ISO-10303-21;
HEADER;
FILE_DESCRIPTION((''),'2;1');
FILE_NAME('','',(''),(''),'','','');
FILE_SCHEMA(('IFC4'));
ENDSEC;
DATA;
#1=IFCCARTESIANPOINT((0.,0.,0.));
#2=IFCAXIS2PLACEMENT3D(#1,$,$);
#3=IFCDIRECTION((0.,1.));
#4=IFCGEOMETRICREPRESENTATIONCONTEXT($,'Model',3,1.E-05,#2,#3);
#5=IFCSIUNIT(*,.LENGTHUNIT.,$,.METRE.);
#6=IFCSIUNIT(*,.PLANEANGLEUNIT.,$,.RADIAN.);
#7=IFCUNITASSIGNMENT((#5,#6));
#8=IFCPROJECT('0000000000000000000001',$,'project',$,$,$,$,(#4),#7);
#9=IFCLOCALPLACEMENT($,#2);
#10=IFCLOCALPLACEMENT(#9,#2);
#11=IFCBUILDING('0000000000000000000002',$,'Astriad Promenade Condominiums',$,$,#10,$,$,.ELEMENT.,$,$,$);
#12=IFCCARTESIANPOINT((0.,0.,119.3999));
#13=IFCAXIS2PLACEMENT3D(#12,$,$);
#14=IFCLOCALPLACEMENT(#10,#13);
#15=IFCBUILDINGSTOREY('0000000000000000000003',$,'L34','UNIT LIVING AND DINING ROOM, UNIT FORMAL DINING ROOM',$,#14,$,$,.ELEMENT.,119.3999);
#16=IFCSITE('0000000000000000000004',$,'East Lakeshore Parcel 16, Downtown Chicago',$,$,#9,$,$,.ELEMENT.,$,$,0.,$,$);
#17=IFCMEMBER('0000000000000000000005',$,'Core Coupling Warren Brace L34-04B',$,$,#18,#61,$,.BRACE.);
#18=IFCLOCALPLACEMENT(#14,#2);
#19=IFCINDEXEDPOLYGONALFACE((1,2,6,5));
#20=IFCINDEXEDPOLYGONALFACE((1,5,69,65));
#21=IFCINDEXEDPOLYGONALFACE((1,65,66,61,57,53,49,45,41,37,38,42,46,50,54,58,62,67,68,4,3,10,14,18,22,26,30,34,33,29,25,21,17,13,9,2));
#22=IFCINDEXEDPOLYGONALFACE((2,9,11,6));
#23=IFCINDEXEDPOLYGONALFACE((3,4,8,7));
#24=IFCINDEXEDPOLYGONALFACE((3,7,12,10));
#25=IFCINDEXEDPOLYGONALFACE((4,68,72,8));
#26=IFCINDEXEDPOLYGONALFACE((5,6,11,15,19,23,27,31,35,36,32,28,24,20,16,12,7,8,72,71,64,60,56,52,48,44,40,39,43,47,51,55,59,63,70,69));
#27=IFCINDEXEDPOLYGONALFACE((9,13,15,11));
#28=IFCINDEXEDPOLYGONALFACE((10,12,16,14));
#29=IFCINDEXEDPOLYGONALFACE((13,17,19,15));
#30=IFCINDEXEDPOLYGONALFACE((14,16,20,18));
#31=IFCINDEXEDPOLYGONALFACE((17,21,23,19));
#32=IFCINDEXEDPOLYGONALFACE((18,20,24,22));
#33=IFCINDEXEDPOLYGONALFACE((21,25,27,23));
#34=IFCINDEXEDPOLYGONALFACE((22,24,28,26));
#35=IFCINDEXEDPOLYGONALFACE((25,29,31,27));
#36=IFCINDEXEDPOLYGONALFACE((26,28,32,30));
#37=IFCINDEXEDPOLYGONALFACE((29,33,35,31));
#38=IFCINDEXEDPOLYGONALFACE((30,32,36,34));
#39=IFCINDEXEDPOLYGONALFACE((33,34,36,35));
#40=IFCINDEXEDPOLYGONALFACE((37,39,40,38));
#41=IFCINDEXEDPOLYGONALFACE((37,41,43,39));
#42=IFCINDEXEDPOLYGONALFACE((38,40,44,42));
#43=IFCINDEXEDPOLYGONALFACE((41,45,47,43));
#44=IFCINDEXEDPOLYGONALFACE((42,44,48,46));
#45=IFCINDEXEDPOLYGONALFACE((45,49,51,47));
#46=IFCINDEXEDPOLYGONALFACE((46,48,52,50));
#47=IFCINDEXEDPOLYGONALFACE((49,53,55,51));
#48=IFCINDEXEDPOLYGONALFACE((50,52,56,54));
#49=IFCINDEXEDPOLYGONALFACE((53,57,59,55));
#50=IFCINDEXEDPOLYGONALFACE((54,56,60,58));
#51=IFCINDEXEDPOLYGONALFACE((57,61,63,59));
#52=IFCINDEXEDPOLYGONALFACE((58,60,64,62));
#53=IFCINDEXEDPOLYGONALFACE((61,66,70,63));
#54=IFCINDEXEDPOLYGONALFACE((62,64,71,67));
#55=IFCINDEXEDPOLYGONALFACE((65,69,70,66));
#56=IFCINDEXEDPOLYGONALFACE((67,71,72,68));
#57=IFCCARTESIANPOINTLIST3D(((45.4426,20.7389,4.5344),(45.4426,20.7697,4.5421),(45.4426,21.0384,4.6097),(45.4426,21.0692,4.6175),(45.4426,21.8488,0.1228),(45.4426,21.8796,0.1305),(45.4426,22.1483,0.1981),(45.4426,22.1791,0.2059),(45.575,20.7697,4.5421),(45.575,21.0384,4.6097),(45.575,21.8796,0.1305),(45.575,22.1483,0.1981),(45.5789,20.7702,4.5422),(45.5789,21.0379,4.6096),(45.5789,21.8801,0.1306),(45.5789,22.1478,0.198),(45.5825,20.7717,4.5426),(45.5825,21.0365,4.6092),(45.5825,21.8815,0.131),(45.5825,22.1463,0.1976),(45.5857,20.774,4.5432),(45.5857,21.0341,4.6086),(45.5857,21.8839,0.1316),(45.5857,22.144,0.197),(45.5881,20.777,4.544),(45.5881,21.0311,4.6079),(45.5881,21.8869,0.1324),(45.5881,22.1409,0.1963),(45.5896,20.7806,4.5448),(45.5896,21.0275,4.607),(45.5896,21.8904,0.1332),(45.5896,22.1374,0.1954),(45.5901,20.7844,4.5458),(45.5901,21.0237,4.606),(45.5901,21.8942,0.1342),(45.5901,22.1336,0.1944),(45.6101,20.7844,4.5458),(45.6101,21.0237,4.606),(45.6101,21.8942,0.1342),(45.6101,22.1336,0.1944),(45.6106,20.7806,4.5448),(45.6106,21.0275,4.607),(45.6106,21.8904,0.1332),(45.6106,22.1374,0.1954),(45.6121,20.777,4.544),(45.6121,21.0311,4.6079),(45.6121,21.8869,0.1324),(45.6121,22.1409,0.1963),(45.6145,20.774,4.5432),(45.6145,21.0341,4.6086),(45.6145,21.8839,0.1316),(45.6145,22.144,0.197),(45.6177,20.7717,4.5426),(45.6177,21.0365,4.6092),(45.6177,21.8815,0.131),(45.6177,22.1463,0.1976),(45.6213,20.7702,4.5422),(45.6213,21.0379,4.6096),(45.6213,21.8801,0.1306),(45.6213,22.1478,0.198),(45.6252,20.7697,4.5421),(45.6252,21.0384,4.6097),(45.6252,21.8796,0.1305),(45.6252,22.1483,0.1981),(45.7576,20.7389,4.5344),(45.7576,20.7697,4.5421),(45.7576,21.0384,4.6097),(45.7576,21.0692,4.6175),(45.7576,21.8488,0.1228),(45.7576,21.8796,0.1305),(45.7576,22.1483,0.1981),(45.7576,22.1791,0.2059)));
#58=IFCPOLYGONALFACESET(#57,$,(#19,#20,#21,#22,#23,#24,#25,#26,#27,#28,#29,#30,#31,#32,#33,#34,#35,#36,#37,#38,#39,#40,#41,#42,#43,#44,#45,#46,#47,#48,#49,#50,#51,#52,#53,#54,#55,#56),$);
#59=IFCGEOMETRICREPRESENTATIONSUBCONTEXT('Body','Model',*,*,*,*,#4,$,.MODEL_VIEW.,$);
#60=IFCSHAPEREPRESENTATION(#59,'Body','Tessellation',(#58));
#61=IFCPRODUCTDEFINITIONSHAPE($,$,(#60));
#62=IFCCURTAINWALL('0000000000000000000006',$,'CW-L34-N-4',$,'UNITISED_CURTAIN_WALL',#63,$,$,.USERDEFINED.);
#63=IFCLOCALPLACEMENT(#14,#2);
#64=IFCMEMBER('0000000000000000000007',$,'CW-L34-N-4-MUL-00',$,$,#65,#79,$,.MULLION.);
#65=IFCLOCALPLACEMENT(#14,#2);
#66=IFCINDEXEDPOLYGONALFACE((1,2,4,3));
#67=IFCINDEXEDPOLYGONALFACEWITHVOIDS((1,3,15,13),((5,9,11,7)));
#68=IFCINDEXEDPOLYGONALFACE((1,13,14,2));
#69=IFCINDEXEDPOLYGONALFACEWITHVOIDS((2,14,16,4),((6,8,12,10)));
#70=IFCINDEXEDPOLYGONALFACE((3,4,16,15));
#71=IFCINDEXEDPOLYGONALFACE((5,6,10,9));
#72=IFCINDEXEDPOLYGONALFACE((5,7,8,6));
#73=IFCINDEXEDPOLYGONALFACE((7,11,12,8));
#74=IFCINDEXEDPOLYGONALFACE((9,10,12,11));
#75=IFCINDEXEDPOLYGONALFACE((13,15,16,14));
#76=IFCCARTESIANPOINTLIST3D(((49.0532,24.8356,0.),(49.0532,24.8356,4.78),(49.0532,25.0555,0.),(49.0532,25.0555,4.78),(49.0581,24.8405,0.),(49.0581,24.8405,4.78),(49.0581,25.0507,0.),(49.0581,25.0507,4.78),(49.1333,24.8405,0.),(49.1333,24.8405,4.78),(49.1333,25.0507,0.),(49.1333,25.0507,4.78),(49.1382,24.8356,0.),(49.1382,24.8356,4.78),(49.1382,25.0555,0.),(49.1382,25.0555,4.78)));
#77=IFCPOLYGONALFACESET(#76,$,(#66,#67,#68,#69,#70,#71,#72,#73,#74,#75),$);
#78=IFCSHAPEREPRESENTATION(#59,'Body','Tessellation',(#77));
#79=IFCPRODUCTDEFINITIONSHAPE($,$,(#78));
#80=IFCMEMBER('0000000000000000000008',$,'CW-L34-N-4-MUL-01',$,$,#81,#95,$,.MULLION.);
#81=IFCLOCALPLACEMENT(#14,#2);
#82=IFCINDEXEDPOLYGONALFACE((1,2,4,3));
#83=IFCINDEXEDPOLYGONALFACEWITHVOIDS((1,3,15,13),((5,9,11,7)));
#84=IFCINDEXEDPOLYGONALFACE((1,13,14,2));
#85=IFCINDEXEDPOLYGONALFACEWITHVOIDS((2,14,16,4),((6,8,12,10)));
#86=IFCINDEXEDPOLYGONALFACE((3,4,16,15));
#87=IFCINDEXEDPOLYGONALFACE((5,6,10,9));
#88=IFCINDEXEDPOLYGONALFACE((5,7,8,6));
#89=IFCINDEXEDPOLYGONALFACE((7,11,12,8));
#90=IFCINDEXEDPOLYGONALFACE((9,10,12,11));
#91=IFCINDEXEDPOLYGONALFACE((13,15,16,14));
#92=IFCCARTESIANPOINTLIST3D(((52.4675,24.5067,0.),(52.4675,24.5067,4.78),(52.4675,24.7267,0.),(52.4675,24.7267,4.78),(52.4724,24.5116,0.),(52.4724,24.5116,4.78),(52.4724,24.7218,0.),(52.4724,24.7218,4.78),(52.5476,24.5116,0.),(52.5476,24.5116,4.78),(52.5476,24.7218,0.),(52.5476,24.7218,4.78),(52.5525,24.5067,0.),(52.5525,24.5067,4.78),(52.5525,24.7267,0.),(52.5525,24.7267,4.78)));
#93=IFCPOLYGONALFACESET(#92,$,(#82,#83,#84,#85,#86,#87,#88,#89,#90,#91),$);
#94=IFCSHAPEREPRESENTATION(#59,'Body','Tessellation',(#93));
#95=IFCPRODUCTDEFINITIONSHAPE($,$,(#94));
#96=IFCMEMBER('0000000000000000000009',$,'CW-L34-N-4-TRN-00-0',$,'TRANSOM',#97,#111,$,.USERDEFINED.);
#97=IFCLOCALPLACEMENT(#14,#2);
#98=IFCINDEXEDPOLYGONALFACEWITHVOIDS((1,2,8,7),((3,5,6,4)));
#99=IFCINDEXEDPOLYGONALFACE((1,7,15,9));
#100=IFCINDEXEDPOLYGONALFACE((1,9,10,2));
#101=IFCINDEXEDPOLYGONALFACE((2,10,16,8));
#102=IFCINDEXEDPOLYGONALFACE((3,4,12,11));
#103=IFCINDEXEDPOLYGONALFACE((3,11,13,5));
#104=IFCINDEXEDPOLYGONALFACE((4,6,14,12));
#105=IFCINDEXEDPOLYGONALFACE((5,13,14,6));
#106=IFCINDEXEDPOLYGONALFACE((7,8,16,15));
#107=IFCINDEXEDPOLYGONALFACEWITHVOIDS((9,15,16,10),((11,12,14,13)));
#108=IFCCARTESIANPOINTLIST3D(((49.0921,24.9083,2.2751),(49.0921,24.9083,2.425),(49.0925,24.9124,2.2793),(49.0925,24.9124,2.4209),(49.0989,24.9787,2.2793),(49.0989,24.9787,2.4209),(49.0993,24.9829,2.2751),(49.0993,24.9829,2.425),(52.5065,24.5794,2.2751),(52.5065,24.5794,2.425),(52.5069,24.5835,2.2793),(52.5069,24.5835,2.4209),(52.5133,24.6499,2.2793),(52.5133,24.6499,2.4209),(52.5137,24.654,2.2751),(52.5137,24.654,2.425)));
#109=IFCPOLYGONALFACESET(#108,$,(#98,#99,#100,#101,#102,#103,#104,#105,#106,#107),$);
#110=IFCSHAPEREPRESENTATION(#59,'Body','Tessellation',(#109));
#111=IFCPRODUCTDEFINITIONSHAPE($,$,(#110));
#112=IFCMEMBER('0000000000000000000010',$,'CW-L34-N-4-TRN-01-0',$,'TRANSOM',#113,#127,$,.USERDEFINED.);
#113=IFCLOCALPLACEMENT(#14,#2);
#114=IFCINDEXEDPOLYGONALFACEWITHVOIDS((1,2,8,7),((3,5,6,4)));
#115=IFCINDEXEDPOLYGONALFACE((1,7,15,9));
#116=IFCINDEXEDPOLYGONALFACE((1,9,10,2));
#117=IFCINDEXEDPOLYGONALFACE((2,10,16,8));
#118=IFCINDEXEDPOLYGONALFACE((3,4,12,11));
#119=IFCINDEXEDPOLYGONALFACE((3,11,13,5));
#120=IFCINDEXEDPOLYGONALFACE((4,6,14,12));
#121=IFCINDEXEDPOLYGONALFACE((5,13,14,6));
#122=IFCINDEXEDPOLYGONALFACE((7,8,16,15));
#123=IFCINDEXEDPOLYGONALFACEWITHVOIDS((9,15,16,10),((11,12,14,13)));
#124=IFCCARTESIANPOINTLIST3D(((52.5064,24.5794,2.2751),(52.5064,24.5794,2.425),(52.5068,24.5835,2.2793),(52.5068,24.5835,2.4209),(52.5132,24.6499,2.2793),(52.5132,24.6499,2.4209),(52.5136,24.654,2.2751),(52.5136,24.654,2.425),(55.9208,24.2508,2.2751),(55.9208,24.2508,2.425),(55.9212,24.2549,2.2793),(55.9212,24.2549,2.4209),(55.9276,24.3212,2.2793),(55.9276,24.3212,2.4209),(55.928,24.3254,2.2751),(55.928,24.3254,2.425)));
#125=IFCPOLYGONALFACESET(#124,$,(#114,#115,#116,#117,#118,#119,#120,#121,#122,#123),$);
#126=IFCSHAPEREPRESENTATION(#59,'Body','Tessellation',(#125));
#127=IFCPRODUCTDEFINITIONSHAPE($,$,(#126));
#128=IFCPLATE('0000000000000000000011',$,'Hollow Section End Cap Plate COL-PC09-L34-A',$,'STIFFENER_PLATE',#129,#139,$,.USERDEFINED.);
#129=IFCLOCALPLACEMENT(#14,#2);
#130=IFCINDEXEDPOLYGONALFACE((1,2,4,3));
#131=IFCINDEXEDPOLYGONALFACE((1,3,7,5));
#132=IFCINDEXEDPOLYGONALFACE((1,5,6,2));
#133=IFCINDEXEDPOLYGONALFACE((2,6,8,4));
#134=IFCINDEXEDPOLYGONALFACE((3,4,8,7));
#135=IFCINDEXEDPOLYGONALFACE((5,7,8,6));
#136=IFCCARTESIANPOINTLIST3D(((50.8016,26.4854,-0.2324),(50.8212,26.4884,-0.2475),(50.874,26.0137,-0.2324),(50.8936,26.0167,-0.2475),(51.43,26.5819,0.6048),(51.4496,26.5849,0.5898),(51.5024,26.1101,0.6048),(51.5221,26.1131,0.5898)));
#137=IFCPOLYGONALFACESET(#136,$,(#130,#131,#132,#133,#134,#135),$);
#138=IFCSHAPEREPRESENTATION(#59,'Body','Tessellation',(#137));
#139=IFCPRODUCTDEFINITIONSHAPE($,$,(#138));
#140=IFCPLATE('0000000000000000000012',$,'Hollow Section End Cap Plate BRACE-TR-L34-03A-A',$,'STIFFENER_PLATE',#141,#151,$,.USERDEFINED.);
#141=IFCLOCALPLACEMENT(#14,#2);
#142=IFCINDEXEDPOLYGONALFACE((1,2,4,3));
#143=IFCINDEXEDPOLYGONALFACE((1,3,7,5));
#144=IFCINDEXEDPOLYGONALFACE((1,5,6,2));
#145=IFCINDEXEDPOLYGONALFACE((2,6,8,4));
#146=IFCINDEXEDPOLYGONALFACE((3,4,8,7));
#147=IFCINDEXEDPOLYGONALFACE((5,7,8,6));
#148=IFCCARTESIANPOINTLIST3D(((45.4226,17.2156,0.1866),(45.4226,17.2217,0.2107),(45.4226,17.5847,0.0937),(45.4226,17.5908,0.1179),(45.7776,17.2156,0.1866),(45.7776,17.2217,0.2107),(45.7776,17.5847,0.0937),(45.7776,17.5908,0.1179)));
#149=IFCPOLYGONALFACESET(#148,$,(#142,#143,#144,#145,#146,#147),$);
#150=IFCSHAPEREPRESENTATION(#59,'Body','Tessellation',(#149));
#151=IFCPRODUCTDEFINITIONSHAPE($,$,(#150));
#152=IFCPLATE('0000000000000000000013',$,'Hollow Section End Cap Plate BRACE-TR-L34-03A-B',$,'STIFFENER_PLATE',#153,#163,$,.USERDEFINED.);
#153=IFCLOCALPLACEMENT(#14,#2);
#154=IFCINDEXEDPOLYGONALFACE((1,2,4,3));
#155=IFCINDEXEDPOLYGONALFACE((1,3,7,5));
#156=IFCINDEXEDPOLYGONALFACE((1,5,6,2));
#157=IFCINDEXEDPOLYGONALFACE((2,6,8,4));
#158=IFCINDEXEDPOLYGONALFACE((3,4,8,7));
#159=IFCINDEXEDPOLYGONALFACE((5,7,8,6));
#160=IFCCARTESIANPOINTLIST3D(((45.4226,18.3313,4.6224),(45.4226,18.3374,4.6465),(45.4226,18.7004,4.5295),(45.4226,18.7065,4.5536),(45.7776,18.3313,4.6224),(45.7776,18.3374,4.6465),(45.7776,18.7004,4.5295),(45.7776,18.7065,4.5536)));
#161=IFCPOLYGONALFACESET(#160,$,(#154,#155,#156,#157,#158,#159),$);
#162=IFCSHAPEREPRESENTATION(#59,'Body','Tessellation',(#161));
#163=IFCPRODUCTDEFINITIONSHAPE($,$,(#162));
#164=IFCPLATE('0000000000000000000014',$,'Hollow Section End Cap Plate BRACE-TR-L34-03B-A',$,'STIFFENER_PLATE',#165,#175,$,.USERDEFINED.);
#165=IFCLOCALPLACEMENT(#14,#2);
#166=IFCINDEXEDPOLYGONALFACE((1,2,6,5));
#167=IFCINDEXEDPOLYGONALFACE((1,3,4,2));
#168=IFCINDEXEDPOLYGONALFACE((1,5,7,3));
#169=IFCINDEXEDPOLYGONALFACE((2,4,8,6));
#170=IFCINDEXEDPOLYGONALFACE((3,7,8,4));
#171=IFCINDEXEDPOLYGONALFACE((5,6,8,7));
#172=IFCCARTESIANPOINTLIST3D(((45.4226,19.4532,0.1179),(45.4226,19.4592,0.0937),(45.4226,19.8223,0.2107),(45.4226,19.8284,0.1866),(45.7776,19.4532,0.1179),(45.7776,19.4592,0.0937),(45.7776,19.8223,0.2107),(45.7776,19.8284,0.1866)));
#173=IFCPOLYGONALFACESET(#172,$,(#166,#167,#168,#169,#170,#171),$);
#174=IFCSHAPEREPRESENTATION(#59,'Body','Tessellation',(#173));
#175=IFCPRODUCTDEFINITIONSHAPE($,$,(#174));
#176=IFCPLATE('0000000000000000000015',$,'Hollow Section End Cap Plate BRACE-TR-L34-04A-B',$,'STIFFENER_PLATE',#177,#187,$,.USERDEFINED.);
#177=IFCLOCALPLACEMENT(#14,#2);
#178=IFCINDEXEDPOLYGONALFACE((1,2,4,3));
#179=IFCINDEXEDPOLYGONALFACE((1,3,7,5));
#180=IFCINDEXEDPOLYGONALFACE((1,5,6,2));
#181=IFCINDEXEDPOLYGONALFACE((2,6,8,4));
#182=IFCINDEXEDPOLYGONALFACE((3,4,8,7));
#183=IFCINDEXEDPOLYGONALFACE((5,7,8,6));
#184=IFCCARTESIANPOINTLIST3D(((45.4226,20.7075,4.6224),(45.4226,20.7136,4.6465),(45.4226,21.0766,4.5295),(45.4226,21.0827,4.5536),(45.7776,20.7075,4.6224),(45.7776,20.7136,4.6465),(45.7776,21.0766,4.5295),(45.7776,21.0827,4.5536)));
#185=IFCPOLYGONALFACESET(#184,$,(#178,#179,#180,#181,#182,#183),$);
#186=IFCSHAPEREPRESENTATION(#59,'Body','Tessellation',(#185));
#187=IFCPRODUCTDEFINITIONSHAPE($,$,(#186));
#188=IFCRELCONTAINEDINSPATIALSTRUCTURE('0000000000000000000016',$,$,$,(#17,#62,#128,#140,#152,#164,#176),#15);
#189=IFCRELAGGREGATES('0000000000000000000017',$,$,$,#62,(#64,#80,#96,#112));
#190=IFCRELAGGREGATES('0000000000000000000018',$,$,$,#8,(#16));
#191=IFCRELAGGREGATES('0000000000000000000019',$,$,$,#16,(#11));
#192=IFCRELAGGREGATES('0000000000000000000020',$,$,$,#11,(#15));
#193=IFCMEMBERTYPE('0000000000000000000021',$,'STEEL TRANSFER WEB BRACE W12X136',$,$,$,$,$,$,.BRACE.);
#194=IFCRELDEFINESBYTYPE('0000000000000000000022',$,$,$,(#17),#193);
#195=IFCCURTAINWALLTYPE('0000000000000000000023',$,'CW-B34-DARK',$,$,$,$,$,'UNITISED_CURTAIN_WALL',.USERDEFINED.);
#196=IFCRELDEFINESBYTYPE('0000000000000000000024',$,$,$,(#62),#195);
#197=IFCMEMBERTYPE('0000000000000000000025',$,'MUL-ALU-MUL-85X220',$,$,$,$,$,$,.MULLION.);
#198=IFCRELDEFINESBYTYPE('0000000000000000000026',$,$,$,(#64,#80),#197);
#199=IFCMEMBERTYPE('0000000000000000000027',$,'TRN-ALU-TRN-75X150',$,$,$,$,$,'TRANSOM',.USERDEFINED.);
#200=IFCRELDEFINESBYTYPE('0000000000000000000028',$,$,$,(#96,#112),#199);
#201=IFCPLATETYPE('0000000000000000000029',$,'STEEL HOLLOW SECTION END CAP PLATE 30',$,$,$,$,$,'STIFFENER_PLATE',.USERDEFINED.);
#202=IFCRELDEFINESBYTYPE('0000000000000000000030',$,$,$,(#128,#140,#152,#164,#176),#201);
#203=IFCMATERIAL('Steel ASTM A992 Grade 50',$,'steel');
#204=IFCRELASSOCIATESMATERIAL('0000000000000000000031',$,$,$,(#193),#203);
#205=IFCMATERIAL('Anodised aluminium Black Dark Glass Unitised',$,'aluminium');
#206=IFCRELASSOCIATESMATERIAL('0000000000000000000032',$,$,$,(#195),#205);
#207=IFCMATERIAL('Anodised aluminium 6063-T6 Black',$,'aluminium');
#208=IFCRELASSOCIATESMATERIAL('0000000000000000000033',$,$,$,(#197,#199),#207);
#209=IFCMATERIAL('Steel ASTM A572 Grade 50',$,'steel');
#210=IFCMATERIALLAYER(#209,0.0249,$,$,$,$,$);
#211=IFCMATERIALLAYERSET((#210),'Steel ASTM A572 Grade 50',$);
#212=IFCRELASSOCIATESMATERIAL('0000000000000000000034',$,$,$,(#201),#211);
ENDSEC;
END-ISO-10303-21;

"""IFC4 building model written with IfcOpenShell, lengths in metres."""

from ifc_helpers import new_model, si_unit, direction, frame, origin, origin_2d, place, context, subcontext, project, spatial, rectangle, hollow_rectangle, i_section, extrude, source, transform, mapped, material, layer, layer_set, material_profile, profile_set, type_object, type_shapes, element, aggregate, save


model = new_model("IFC4")

# Units and contexts
model_context = context("Model", 3, precision=1e-05, world=origin(), true_north=direction((0.0, 1.0)))
body_context = subcontext(model_context, "Body", "Model", "MODEL_VIEW")
ifc_project = project(units=[si_unit("LENGTHUNIT", "METRE"), si_unit("PLANEANGLEUNIT", "RADIAN")], contexts=[model_context])

# Site, building, storey
site_placement = place(None, origin())
site = spatial("IfcSite", under=ifc_project, at=site_placement, Name="East Lakeshore Parcel 16, Downtown Chicago", CompositionType="ELEMENT", RefElevation=0.0)
building_placement = place(site_placement, origin())
building = spatial("IfcBuilding", under=site, at=building_placement, Name="Astriad Promenade Condominiums", CompositionType="ELEMENT")
storey_placement = place(building_placement, frame((0.0, 0.0, 119.3999)))
storey = spatial("IfcBuildingStorey", under=building, at=storey_placement, Name="L34", Description="UNIT LIVING AND DINING ROOM, UNIT FORMAL DINING ROOM", CompositionType="ELEMENT", Elevation=119.3999)

# Shared definitions
ifc_material_1 = material(Name="Steel ASTM A992 Grade 50", Category="steel")

# Member
ifc_material_profile_1 = material_profile(ifc_material_1, i_section(OverallWidth=0.3149, OverallDepth=0.3406, WebThickness=0.02, FlangeThickness=0.0317, FilletRadius=0.0151, at=origin_2d()), Name="W12X136")
ifc_profile_set_1 = profile_set([ifc_material_profile_1], Name="Steel ASTM A992 Grade 50")
member_type_1 = type_object("IfcMemberType", Name="STEEL TRANSFER WEB BRACE W12X136", PredefinedType="BRACE", material=ifc_profile_set_1)
shared_shape_1 = source(origin(), body_context, "Body", "SweptSolid", [
    extrude(i_section(OverallWidth=0.3149, OverallDepth=0.3406, WebThickness=0.02, FlangeThickness=0.0317, FilletRadius=0.0151, at=origin_2d()), origin(), (0.0, 0.0, 1.0), 4.5491),
])
type_shapes(member_type_1, [shared_shape_1])
for number, where, z_axis, x_axis, name in (
    (1, (45.6001, 22.0139, 0.1643), (0.0, -0.243975, 0.969782), (1.0, 0.0, 0.0), "Core Coupling Warren Brace L34-04B"),
):
    element("IfcMember", number, at=place(storey_placement, frame(where, z_axis=z_axis, x_axis=x_axis)), inside=storey, type_object=member_type_1, Name=name, PredefinedType="BRACE", context=body_context, shape_type="MappedRepresentation", body=[
        mapped(shared_shape_1, transform((0.0, 0.0, 0.0), scale=1.0)),
    ])

# Curtain wall, members
ifc_material_2 = material(Name="Anodised aluminium Black Dark Glass Unitised", Category="aluminium")
curtain_wall_type = type_object("IfcCurtainWallType", Name="CW-B34-DARK", ElementType="UNITISED_CURTAIN_WALL", PredefinedType="USERDEFINED", material=ifc_material_2)
curtain_wall_placement = place(storey_placement, origin())
curtain_wall = element("IfcCurtainWall", 2, at=curtain_wall_placement, inside=storey, type_object=curtain_wall_type, Name="CW-L34-N-4", ObjectType="UNITISED_CURTAIN_WALL", PredefinedType="USERDEFINED")
ifc_material_3 = material(Name="Anodised aluminium 6063-T6 Black", Category="aluminium")
ifc_material_profile_2 = material_profile(ifc_material_3, hollow_rectangle(XDim=0.085, YDim=0.22, WallThickness=0.0049, at=origin_2d()), Name="ALU-MUL-85X220")
ifc_profile_set_2 = profile_set([ifc_material_profile_2], Name="Anodised aluminium 6063-T6 Black")
member_type_2 = type_object("IfcMemberType", Name="MUL-ALU-MUL-85X220", PredefinedType="MULLION", material=ifc_profile_set_2)
shared_shape_2 = source(origin(), body_context, "Body", "SweptSolid", [
    extrude(hollow_rectangle(XDim=0.085, YDim=0.22, WallThickness=0.0049, at=origin_2d()), origin(), (0.0, 0.0, 1.0), 4.78),
])
type_shapes(member_type_2, [shared_shape_2])
member_1_placement = place(storey_placement, frame((49.0957, 24.9456, 0.0), z_axis=(0.0, 0.0, 1.0), x_axis=(1.0, 0.0, 0.0)))
member_1 = element("IfcMember", 3, at=member_1_placement, type_object=member_type_2, Name="CW-L34-N-4-MUL-00", PredefinedType="MULLION", context=body_context, shape_type="MappedRepresentation", body=[
    mapped(shared_shape_2, transform((0.0, 0.0, 0.0), scale=1.0)),
])
member_2_placement = place(storey_placement, frame((52.51, 24.6167, 0.0), z_axis=(0.0, 0.0, 1.0), x_axis=(1.0, 0.0, 0.0)))
member_2 = element("IfcMember", 4, at=member_2_placement, type_object=member_type_2, Name="CW-L34-N-4-MUL-01", PredefinedType="MULLION", context=body_context, shape_type="MappedRepresentation", body=[
    mapped(shared_shape_2, transform((0.0, 0.0, 0.0), scale=1.0)),
])
ifc_material_profile_3 = material_profile(ifc_material_3, hollow_rectangle(XDim=0.075, YDim=0.1499, WallThickness=0.0042, at=origin_2d()), Name="ALU-TRN-75X150")
ifc_profile_set_3 = profile_set([ifc_material_profile_3], Name="Anodised aluminium 6063-T6 Black")
member_type_3 = type_object("IfcMemberType", Name="TRN-ALU-TRN-75X150", ElementType="TRANSOM", PredefinedType="USERDEFINED", material=ifc_profile_set_3)
shared_shape_3 = source(origin(), body_context, "Body", "SweptSolid", [
    extrude(hollow_rectangle(XDim=0.075, YDim=0.1499, WallThickness=0.0042, at=origin_2d()), origin(), (0.0, 0.0, 1.0), 3.4302),
])
type_shapes(member_type_3, [shared_shape_3])
member_3_placement = place(storey_placement, frame((49.0957, 24.9456, 2.3501), z_axis=(0.995393, -0.095874, 0.0), x_axis=(0.095874, 0.995393, 0.0)))
member_3 = element("IfcMember", 5, at=member_3_placement, type_object=member_type_3, Name="CW-L34-N-4-TRN-00-0", ObjectType="TRANSOM", PredefinedType="USERDEFINED", context=body_context, shape_type="MappedRepresentation", body=[
    mapped(shared_shape_3, transform((0.0, 0.0, 0.0), scale=1.0)),
])
member_4_placement = place(storey_placement, frame((52.51, 24.6167, 2.3501), z_axis=(0.9954, -0.095803, 0.0), x_axis=(0.095803, 0.9954, 0.0)))
member_4 = element("IfcMember", 6, at=member_4_placement, type_object=member_type_3, Name="CW-L34-N-4-TRN-01-0", ObjectType="TRANSOM", PredefinedType="USERDEFINED", context=body_context, shape_type="MappedRepresentation", body=[
    mapped(shared_shape_3, transform((0.0, 0.0, 0.0), scale=1.0)),
])

# Plates
ifc_material_4 = material(Name="Steel ASTM A572 Grade 50", Category="steel")
ifc_layer_1 = layer(ifc_material_4, 0.0249)
ifc_layer_set_1 = layer_set([ifc_layer_1], Name="Steel ASTM A572 Grade 50")
plate_type_1 = type_object("IfcPlateType", Name="STEEL HOLLOW SECTION END CAP PLATE 30", ElementType="STIFFENER_PLATE", PredefinedType="USERDEFINED", material=ifc_layer_set_1)
shared_shape_4 = source(origin(), body_context, "Body", "SweptSolid", [
    extrude(rectangle(XDim=0.4773, YDim=1.0513, at=origin_2d()), origin(), (0.0, 0.0, 1.0), 0.0249),
])
plate_1_placement = place(storey_placement, frame((51.1716, 26.3008, 0.1711), z_axis=(-0.787175, -0.120829, 0.604778), x_axis=(0.151721, -0.988423, 0.0)))
element("IfcPlate", 7, at=plate_1_placement, inside=storey, type_object=plate_type_1, Name="Hollow Section End Cap Plate COL-PC09-L34-A", ObjectType="STIFFENER_PLATE", PredefinedType="USERDEFINED", context=body_context, shape_type="MappedRepresentation", body=[
    mapped(shared_shape_4, transform((0.0, 0.0, 0.0), scale=1.0)),
])
shared_shape_5 = source(origin(), body_context, "Body", "SweptSolid", [
    extrude(rectangle(XDim=0.355, YDim=0.3806, at=origin_2d()), origin(), (0.0, 0.0, 1.0), 0.0249),
])
type_shapes(plate_type_1, [shared_shape_4, shared_shape_5])
for number, where, z_axis, x_axis, name in (
    (8, (45.6001, 17.4001, 0.1401), (0.0, 0.243963, 0.969785), (1.0, 0.0, 0.0), "Hollow Section End Cap Plate BRACE-TR-L34-03A-A"),
    (9, (45.6001, 18.5159, 4.5759), (0.0, 0.243963, 0.969785), (1.0, 0.0, 0.0), "Hollow Section End Cap Plate BRACE-TR-L34-03A-B"),
    (10, (45.6001, 19.6438, 0.1401), (0.0, -0.243963, 0.969785), (1.0, 0.0, 0.0), "Hollow Section End Cap Plate BRACE-TR-L34-03B-A"),
    (11, (45.6001, 20.8921, 4.5759), (0.0, 0.243963, 0.969785), (1.0, 0.0, 0.0), "Hollow Section End Cap Plate BRACE-TR-L34-04A-B"),
):
    element("IfcPlate", number, at=place(storey_placement, frame(where, z_axis=z_axis, x_axis=x_axis)), inside=storey, type_object=plate_type_1, Name=name, ObjectType="STIFFENER_PLATE", PredefinedType="USERDEFINED", context=body_context, shape_type="MappedRepresentation", body=[
        mapped(shared_shape_5, transform((0.0, 0.0, 0.0), scale=1.0)),
    ])

aggregate(curtain_wall, [member_1, member_2, member_3, member_4])

save(model, "model.ifc")
